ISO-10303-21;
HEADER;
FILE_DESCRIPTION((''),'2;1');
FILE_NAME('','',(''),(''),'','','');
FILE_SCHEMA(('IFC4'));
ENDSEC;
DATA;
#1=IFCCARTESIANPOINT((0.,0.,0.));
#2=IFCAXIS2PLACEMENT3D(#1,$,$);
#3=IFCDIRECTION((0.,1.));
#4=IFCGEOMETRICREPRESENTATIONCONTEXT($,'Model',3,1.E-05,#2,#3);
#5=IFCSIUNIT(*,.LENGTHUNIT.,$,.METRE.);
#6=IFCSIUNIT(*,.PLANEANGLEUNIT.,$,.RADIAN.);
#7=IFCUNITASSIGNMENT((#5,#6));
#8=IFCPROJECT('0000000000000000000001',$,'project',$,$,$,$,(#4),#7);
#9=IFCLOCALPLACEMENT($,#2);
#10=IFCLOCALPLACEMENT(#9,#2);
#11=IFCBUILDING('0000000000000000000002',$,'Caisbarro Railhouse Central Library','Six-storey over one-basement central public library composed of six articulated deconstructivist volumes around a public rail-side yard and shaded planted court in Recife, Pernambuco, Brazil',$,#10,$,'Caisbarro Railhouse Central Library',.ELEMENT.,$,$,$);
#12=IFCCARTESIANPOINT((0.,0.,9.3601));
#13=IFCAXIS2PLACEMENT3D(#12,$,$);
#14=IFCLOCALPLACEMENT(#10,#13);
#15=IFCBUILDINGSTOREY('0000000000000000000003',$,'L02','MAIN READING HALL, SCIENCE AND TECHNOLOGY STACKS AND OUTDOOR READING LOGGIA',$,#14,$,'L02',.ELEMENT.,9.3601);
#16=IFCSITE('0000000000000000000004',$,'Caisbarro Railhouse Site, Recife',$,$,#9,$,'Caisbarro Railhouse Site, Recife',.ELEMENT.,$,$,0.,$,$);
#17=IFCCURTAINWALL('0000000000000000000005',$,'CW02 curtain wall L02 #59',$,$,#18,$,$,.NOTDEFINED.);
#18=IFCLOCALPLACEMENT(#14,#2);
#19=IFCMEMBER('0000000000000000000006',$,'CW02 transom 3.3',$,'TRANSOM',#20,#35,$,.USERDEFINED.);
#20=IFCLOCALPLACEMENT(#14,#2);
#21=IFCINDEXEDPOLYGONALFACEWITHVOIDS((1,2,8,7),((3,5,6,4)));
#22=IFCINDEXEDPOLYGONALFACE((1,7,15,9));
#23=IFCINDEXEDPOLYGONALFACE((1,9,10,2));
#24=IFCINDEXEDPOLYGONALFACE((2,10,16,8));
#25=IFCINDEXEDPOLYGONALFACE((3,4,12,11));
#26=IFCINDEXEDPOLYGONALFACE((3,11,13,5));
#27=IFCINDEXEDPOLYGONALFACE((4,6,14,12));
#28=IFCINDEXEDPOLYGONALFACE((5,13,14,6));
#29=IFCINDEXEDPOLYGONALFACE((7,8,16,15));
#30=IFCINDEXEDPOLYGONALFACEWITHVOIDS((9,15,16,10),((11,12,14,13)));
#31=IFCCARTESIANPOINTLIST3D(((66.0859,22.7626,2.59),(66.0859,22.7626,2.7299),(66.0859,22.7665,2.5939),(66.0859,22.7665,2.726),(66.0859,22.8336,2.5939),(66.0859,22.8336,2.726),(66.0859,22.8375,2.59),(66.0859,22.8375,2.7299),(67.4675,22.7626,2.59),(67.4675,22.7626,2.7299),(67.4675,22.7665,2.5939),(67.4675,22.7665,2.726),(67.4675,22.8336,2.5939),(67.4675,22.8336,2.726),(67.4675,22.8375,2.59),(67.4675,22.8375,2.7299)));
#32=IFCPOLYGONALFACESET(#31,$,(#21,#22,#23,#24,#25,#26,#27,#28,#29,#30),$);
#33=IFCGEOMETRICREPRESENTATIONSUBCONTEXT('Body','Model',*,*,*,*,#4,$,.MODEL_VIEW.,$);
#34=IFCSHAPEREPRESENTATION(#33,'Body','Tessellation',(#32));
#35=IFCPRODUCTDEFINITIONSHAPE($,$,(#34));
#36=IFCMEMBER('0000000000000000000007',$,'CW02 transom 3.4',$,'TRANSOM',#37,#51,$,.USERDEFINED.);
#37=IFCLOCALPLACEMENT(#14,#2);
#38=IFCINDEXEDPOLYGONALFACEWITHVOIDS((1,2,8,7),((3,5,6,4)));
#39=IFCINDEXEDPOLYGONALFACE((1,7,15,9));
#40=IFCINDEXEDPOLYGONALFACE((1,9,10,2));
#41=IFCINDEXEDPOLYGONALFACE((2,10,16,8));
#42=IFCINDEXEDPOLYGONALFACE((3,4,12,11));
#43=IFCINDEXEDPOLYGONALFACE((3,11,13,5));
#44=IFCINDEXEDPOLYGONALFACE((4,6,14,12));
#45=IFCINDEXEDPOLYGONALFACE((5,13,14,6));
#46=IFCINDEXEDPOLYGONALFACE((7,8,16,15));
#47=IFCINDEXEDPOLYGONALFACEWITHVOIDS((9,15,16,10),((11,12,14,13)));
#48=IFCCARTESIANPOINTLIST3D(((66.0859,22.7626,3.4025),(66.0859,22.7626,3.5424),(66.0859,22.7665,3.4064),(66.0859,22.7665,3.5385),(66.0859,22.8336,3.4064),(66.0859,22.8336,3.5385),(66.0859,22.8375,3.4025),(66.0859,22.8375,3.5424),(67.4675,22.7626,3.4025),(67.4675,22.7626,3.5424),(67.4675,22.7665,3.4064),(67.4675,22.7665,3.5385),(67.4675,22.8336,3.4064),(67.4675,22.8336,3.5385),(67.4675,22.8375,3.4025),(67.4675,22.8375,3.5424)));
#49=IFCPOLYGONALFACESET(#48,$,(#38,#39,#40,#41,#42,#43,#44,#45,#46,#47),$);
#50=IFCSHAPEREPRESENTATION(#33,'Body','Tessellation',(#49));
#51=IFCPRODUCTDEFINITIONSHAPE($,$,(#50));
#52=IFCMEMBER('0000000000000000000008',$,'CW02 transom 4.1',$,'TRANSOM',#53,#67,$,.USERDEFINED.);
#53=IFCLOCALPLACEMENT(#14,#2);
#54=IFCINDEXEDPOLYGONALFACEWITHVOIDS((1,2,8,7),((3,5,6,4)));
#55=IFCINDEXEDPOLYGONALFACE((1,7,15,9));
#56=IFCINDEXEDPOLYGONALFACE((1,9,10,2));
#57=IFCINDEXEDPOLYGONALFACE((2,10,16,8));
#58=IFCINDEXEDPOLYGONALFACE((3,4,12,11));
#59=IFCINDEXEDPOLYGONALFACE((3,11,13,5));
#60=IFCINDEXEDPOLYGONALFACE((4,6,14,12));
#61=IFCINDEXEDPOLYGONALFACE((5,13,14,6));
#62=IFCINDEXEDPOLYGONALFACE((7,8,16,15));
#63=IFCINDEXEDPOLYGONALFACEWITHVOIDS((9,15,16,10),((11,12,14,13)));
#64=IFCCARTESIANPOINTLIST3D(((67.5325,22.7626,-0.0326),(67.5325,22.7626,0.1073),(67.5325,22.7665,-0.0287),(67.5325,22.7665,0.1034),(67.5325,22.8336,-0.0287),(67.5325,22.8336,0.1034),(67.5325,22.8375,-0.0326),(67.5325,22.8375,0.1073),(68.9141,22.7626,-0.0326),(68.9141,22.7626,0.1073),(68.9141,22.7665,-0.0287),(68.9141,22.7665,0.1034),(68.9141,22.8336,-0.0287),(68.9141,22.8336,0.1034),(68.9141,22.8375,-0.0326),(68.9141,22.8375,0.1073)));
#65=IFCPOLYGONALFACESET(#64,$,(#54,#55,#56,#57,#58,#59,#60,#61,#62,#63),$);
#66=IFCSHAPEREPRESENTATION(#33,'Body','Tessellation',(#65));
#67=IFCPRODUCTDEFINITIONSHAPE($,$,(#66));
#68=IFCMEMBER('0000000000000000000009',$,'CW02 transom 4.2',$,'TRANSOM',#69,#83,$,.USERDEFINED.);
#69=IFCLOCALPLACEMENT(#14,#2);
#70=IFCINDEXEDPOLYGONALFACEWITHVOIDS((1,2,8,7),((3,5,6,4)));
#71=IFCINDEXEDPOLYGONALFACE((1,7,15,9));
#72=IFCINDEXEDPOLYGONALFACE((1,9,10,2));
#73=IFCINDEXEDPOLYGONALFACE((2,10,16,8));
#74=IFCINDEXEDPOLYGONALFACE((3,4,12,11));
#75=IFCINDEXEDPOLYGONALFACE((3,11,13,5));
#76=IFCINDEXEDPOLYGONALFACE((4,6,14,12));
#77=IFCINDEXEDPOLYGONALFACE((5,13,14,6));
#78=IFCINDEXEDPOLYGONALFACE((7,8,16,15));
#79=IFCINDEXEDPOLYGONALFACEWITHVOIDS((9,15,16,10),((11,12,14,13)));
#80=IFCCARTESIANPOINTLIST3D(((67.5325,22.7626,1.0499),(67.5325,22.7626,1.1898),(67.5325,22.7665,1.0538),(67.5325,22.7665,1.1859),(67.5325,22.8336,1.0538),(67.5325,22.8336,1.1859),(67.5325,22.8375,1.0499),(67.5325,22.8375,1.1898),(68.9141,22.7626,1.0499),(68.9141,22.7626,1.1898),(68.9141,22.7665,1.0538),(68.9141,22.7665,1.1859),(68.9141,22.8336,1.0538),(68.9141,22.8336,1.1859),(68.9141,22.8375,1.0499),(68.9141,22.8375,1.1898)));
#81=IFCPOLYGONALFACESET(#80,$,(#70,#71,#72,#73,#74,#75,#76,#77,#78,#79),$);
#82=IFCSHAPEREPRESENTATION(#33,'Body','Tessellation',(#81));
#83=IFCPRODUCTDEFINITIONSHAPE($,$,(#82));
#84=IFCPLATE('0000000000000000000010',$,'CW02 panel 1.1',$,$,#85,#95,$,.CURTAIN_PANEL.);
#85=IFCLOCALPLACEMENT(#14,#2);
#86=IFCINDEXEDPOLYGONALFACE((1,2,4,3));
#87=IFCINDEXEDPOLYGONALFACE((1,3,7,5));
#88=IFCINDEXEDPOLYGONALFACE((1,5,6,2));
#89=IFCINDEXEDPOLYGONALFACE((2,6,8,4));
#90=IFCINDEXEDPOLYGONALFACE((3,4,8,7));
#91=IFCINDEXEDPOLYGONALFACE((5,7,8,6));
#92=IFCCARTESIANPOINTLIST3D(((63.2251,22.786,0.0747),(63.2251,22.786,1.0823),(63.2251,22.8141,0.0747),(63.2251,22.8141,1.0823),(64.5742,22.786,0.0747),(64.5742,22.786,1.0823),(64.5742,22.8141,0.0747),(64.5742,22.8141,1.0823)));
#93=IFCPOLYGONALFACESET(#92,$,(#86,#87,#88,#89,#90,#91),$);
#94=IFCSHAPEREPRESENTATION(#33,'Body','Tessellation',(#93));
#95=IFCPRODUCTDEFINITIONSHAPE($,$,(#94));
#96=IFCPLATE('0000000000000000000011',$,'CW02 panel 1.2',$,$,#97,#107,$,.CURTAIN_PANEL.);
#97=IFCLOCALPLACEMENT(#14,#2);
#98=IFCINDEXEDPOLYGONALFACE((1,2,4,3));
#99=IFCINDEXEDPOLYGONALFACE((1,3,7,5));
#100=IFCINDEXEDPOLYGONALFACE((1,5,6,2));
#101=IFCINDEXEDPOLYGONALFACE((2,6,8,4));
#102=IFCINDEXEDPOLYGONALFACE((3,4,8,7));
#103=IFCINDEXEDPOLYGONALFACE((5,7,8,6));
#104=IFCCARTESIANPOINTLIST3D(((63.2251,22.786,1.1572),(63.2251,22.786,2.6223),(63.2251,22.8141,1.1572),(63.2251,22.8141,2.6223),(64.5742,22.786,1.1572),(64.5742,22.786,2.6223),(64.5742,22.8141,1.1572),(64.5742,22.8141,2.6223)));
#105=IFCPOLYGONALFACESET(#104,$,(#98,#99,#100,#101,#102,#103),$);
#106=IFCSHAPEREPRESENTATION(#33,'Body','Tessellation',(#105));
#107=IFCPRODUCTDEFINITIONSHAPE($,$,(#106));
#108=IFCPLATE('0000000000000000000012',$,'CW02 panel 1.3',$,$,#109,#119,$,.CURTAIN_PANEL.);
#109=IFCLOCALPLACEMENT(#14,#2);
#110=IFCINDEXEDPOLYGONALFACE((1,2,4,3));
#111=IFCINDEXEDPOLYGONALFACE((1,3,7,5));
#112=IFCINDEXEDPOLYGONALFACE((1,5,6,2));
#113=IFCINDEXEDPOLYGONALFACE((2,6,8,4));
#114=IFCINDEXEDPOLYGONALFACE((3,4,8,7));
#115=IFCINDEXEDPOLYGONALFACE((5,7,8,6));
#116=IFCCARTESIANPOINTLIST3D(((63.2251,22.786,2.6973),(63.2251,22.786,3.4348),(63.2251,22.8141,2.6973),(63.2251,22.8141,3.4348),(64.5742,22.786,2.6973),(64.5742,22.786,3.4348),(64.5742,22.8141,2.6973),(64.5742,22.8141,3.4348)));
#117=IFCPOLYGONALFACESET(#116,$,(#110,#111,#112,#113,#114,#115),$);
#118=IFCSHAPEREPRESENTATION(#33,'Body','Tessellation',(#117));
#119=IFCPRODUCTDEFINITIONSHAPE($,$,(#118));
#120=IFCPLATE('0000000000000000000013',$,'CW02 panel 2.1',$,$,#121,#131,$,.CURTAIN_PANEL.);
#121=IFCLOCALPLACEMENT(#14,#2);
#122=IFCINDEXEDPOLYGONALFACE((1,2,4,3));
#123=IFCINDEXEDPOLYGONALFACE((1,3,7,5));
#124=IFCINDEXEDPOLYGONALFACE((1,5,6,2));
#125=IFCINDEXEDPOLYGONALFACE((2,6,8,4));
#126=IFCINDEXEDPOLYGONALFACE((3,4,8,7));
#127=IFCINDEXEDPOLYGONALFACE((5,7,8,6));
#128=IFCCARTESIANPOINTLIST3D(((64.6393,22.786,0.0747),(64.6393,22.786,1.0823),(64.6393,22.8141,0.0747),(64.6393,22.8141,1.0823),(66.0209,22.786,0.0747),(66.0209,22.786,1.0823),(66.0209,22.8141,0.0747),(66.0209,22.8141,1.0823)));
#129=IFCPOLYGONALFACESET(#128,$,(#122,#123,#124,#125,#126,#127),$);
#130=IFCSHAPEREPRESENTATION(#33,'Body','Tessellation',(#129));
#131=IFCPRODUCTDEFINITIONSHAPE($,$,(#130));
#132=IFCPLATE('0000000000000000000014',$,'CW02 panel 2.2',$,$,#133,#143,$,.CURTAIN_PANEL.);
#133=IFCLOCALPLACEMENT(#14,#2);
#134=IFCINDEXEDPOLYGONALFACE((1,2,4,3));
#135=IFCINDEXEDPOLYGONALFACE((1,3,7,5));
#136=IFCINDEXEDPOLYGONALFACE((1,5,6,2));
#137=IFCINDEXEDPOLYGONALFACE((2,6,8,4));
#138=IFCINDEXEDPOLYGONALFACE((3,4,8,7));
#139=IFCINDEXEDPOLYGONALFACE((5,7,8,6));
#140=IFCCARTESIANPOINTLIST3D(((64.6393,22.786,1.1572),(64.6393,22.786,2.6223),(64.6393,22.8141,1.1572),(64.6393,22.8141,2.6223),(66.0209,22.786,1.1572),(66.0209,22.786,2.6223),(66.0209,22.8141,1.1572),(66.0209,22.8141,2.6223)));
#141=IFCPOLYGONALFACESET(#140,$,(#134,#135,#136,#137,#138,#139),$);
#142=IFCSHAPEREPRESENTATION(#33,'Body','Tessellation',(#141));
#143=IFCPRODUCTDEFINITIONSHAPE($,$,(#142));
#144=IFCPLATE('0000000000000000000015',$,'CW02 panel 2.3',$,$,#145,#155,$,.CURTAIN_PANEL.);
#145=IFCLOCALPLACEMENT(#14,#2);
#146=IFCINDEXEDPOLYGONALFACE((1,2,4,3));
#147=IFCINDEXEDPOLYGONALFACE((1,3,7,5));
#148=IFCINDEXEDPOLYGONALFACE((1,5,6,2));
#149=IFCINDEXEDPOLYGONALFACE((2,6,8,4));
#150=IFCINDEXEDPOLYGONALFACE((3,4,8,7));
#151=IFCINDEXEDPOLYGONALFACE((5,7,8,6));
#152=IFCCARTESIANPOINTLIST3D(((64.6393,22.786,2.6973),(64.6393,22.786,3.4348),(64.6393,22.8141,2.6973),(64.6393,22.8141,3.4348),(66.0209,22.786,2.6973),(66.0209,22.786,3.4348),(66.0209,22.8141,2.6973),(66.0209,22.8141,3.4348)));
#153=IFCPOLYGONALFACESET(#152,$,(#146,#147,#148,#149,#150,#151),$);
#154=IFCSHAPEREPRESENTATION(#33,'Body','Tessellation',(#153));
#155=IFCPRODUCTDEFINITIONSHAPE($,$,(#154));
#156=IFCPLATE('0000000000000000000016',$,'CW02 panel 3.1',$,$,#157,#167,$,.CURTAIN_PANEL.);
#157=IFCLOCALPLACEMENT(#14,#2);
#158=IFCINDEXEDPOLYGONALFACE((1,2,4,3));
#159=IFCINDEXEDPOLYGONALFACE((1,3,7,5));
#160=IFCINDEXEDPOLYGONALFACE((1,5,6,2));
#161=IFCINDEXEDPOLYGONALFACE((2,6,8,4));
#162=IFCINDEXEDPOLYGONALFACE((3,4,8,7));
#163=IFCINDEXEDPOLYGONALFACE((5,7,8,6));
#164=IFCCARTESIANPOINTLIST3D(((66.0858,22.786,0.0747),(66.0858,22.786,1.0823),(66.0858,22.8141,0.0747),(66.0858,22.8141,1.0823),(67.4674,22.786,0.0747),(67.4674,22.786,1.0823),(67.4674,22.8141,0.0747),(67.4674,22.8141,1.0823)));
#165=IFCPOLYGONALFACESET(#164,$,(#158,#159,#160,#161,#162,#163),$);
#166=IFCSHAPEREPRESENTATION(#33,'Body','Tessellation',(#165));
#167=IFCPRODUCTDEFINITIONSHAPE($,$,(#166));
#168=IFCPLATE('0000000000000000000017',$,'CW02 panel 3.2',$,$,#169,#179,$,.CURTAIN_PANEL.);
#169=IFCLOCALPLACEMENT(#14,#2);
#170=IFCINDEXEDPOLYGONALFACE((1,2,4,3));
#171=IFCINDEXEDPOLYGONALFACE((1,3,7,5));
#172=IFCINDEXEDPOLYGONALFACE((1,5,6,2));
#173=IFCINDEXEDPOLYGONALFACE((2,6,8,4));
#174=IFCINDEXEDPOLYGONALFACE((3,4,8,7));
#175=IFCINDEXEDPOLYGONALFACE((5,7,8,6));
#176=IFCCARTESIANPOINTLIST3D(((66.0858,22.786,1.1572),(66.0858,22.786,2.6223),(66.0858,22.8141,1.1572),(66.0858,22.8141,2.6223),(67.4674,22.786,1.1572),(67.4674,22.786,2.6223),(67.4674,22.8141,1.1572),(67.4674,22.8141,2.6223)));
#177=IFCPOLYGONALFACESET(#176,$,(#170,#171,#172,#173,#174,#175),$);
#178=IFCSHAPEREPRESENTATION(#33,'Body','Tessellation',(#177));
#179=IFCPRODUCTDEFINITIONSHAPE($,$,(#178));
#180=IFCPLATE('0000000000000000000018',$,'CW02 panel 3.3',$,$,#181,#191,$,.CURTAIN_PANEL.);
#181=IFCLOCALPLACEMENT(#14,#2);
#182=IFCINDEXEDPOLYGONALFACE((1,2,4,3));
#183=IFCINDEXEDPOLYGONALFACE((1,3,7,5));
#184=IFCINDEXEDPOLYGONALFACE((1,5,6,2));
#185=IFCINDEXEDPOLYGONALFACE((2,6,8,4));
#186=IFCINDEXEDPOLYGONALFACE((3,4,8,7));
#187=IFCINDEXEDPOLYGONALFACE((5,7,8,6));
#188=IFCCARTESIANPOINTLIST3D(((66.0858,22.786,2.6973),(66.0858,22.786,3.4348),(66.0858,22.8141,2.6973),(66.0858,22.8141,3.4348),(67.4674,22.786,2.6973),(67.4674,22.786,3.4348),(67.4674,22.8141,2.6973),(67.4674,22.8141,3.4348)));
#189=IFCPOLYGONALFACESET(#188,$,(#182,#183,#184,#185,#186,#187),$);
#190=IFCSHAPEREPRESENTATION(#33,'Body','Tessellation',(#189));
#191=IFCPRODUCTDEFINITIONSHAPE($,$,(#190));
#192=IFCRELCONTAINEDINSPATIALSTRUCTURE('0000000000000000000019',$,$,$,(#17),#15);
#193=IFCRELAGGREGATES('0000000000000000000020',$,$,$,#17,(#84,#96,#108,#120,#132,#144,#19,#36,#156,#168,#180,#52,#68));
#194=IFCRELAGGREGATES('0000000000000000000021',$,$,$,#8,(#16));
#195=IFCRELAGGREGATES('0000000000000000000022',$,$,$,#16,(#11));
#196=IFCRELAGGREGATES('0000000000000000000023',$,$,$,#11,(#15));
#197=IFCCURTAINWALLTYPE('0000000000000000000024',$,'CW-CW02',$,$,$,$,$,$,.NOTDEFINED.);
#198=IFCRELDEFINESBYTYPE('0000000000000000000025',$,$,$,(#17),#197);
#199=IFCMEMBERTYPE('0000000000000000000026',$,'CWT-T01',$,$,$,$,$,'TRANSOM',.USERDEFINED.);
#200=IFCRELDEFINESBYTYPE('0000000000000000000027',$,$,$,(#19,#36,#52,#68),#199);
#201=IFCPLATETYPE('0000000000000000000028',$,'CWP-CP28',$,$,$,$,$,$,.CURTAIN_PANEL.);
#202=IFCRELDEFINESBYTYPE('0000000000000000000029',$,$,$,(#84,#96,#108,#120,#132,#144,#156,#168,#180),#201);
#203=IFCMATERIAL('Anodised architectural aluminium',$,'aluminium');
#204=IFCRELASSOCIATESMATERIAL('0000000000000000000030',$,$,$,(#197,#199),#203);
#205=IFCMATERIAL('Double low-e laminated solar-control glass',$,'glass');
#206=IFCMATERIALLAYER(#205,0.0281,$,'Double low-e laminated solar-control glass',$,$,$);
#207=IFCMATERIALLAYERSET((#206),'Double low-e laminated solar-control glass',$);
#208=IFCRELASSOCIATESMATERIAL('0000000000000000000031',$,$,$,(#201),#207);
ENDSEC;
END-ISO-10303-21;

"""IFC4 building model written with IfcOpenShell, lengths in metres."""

from ifc_helpers import new_model, si_unit, direction, frame, origin, origin_2d, place, context, subcontext, project, spatial, rectangle, hollow_rectangle, extrude, material, layer, layer_set, material_profile, profile_set, type_object, element, aggregate, save


model = new_model("IFC4")

# Units and contexts
model_context = context("Model", 3, precision=1e-05, world=origin(), true_north=direction((0.0, 1.0)))
body_context = subcontext(model_context, "Body", "Model", "MODEL_VIEW")
ifc_project = project(units=[si_unit("LENGTHUNIT", "METRE"), si_unit("PLANEANGLEUNIT", "RADIAN")], contexts=[model_context])

# Site, building, storey
site_placement = place(None, origin())
site = spatial("IfcSite", under=ifc_project, at=site_placement, Name="Caisbarro Railhouse Site, Recife", LongName="Caisbarro Railhouse Site, Recife", CompositionType="ELEMENT", RefElevation=0.0)
building_placement = place(site_placement, origin())
building = spatial("IfcBuilding", under=site, at=building_placement, Name="Caisbarro Railhouse Central Library", Description="Six-storey over one-basement central public library composed of six articulated deconstructivist volumes around a public rail-side yard and shaded planted court in Recife, Pernambuco, Brazil", LongName="Caisbarro Railhouse Central Library", CompositionType="ELEMENT")
storey_placement = place(building_placement, frame((0.0, 0.0, 9.3601)))
storey = spatial("IfcBuildingStorey", under=building, at=storey_placement, Name="L02", Description="MAIN READING HALL, SCIENCE AND TECHNOLOGY STACKS AND OUTDOOR READING LOGGIA", LongName="L02", CompositionType="ELEMENT", Elevation=9.3601)

# Curtain wall, members, plates
ifc_material_1 = material(Name="Anodised architectural aluminium", Category="aluminium")
curtain_wall_type = type_object("IfcCurtainWallType", Name="CW-CW02", PredefinedType="NOTDEFINED", material=ifc_material_1)
curtain_wall_placement = place(storey_placement, origin())
curtain_wall = element("IfcCurtainWall", 1, at=curtain_wall_placement, inside=storey, type_object=curtain_wall_type, Name="CW02 curtain wall L02 #59", PredefinedType="NOTDEFINED")
ifc_material_profile_1 = material_profile(ifc_material_1, hollow_rectangle(XDim=0.075, YDim=0.1399, WallThickness=0.0039, at=origin_2d()), Name="ALU-TRN-75X140")
ifc_profile_set_1 = profile_set([ifc_material_profile_1], Name="Anodised architectural aluminium")
member_type_1 = type_object("IfcMemberType", Name="CWT-T01", ElementType="TRANSOM", PredefinedType="USERDEFINED", material=ifc_profile_set_1)
member_1_placement = place(storey_placement, frame((66.0859, 22.8, 2.6599), z_axis=(1.0, 0.0, 0.0), x_axis=(0.0, 1.0, 0.0)))
member_1 = element("IfcMember", 2, at=member_1_placement, type_object=member_type_1, Name="CW02 transom 3.3", ObjectType="TRANSOM", PredefinedType="USERDEFINED", context=body_context, shape_type="SweptSolid", body=[
    extrude(hollow_rectangle(XDim=0.075, YDim=0.1399, WallThickness=0.0039, at=origin_2d()), origin(), (0.0, 0.0, 1.0), 1.3816),
])
member_2_placement = place(storey_placement, frame((66.0859, 22.8, 3.4724), z_axis=(1.0, 0.0, 0.0), x_axis=(0.0, 1.0, 0.0)))
member_2 = element("IfcMember", 3, at=member_2_placement, type_object=member_type_1, Name="CW02 transom 3.4", ObjectType="TRANSOM", PredefinedType="USERDEFINED", context=body_context, shape_type="SweptSolid", body=[
    extrude(hollow_rectangle(XDim=0.075, YDim=0.1399, WallThickness=0.0039, at=origin_2d()), origin(), (0.0, 0.0, 1.0), 1.3816),
])
member_3_placement = place(storey_placement, frame((67.5325, 22.8, 0.0374), z_axis=(1.0, 0.0, 0.0), x_axis=(0.0, 1.0, 0.0)))
member_3 = element("IfcMember", 4, at=member_3_placement, type_object=member_type_1, Name="CW02 transom 4.1", ObjectType="TRANSOM", PredefinedType="USERDEFINED", context=body_context, shape_type="SweptSolid", body=[
    extrude(hollow_rectangle(XDim=0.075, YDim=0.1399, WallThickness=0.0039, at=origin_2d()), origin(), (0.0, 0.0, 1.0), 1.3816),
])
member_4_placement = place(storey_placement, frame((67.5325, 22.8, 1.1199), z_axis=(1.0, 0.0, 0.0), x_axis=(0.0, 1.0, 0.0)))
member_4 = element("IfcMember", 5, at=member_4_placement, type_object=member_type_1, Name="CW02 transom 4.2", ObjectType="TRANSOM", PredefinedType="USERDEFINED", context=body_context, shape_type="SweptSolid", body=[
    extrude(hollow_rectangle(XDim=0.075, YDim=0.1399, WallThickness=0.0039, at=origin_2d()), origin(), (0.0, 0.0, 1.0), 1.3816),
])
ifc_material_2 = material(Name="Double low-e laminated solar-control glass", Category="glass")
ifc_layer = layer(ifc_material_2, 0.0281, Name="Double low-e laminated solar-control glass")
ifc_layer_set = layer_set([ifc_layer], Name="Double low-e laminated solar-control glass")
plate_type = type_object("IfcPlateType", Name="CWP-CP28", PredefinedType="CURTAIN_PANEL", material=ifc_layer_set)
plate_1_placement = place(storey_placement, frame((63.8997, 22.8, 0.0747), z_axis=(0.0, 0.0, 1.0), x_axis=(1.0, 0.0, 0.0)))
plate_1 = element("IfcPlate", 6, at=plate_1_placement, type_object=plate_type, Name="CW02 panel 1.1", PredefinedType="CURTAIN_PANEL", context=body_context, shape_type="SweptSolid", body=[
    extrude(rectangle(XDim=1.3491, YDim=0.0281, at=origin_2d()), origin(), (0.0, 0.0, 1.0), 1.0076),
])
plate_2_placement = place(storey_placement, frame((63.8997, 22.8, 1.1572), z_axis=(0.0, 0.0, 1.0), x_axis=(1.0, 0.0, 0.0)))
plate_2 = element("IfcPlate", 7, at=plate_2_placement, type_object=plate_type, Name="CW02 panel 1.2", PredefinedType="CURTAIN_PANEL", context=body_context, shape_type="SweptSolid", body=[
    extrude(rectangle(XDim=1.3491, YDim=0.0281, at=origin_2d()), origin(), (0.0, 0.0, 1.0), 1.4651),
])
plate_3_placement = place(storey_placement, frame((63.8997, 22.8, 2.6973), z_axis=(0.0, 0.0, 1.0), x_axis=(1.0, 0.0, 0.0)))
plate_3 = element("IfcPlate", 8, at=plate_3_placement, type_object=plate_type, Name="CW02 panel 1.3", PredefinedType="CURTAIN_PANEL", context=body_context, shape_type="SweptSolid", body=[
    extrude(rectangle(XDim=1.3491, YDim=0.0281, at=origin_2d()), origin(), (0.0, 0.0, 1.0), 0.7375),
])
plate_4_placement = place(storey_placement, frame((65.3301, 22.8, 0.0747), z_axis=(0.0, 0.0, 1.0), x_axis=(1.0, 0.0, 0.0)))
plate_4 = element("IfcPlate", 9, at=plate_4_placement, type_object=plate_type, Name="CW02 panel 2.1", PredefinedType="CURTAIN_PANEL", context=body_context, shape_type="SweptSolid", body=[
    extrude(rectangle(XDim=1.3816, YDim=0.0281, at=origin_2d()), origin(), (0.0, 0.0, 1.0), 1.0076),
])
plate_5_placement = place(storey_placement, frame((65.3301, 22.8, 1.1572), z_axis=(0.0, 0.0, 1.0), x_axis=(1.0, 0.0, 0.0)))
plate_5 = element("IfcPlate", 10, at=plate_5_placement, type_object=plate_type, Name="CW02 panel 2.2", PredefinedType="CURTAIN_PANEL", context=body_context, shape_type="SweptSolid", body=[
    extrude(rectangle(XDim=1.3816, YDim=0.0281, at=origin_2d()), origin(), (0.0, 0.0, 1.0), 1.4651),
])
plate_6_placement = place(storey_placement, frame((65.3301, 22.8, 2.6973), z_axis=(0.0, 0.0, 1.0), x_axis=(1.0, 0.0, 0.0)))
plate_6 = element("IfcPlate", 11, at=plate_6_placement, type_object=plate_type, Name="CW02 panel 2.3", PredefinedType="CURTAIN_PANEL", context=body_context, shape_type="SweptSolid", body=[
    extrude(rectangle(XDim=1.3816, YDim=0.0281, at=origin_2d()), origin(), (0.0, 0.0, 1.0), 0.7375),
])
plate_7_placement = place(storey_placement, frame((66.7766, 22.8, 0.0747), z_axis=(0.0, 0.0, 1.0), x_axis=(1.0, 0.0, 0.0)))
plate_7 = element("IfcPlate", 12, at=plate_7_placement, type_object=plate_type, Name="CW02 panel 3.1", PredefinedType="CURTAIN_PANEL", context=body_context, shape_type="SweptSolid", body=[
    extrude(rectangle(XDim=1.3816, YDim=0.0281, at=origin_2d()), origin(), (0.0, 0.0, 1.0), 1.0076),
])
plate_8_placement = place(storey_placement, frame((66.7766, 22.8, 1.1572), z_axis=(0.0, 0.0, 1.0), x_axis=(1.0, 0.0, 0.0)))
plate_8 = element("IfcPlate", 13, at=plate_8_placement, type_object=plate_type, Name="CW02 panel 3.2", PredefinedType="CURTAIN_PANEL", context=body_context, shape_type="SweptSolid", body=[
    extrude(rectangle(XDim=1.3816, YDim=0.0281, at=origin_2d()), origin(), (0.0, 0.0, 1.0), 1.4651),
])
plate_9_placement = place(storey_placement, frame((66.7766, 22.8, 2.6973), z_axis=(0.0, 0.0, 1.0), x_axis=(1.0, 0.0, 0.0)))
plate_9 = element("IfcPlate", 14, at=plate_9_placement, type_object=plate_type, Name="CW02 panel 3.3", PredefinedType="CURTAIN_PANEL", context=body_context, shape_type="SweptSolid", body=[
    extrude(rectangle(XDim=1.3816, YDim=0.0281, at=origin_2d()), origin(), (0.0, 0.0, 1.0), 0.7375),
])
aggregate(curtain_wall, [plate_1, plate_2, plate_3, plate_4, plate_5, plate_6, member_1, member_2, plate_7, plate_8, plate_9, member_3, member_4])

save(model, "model.ifc")
